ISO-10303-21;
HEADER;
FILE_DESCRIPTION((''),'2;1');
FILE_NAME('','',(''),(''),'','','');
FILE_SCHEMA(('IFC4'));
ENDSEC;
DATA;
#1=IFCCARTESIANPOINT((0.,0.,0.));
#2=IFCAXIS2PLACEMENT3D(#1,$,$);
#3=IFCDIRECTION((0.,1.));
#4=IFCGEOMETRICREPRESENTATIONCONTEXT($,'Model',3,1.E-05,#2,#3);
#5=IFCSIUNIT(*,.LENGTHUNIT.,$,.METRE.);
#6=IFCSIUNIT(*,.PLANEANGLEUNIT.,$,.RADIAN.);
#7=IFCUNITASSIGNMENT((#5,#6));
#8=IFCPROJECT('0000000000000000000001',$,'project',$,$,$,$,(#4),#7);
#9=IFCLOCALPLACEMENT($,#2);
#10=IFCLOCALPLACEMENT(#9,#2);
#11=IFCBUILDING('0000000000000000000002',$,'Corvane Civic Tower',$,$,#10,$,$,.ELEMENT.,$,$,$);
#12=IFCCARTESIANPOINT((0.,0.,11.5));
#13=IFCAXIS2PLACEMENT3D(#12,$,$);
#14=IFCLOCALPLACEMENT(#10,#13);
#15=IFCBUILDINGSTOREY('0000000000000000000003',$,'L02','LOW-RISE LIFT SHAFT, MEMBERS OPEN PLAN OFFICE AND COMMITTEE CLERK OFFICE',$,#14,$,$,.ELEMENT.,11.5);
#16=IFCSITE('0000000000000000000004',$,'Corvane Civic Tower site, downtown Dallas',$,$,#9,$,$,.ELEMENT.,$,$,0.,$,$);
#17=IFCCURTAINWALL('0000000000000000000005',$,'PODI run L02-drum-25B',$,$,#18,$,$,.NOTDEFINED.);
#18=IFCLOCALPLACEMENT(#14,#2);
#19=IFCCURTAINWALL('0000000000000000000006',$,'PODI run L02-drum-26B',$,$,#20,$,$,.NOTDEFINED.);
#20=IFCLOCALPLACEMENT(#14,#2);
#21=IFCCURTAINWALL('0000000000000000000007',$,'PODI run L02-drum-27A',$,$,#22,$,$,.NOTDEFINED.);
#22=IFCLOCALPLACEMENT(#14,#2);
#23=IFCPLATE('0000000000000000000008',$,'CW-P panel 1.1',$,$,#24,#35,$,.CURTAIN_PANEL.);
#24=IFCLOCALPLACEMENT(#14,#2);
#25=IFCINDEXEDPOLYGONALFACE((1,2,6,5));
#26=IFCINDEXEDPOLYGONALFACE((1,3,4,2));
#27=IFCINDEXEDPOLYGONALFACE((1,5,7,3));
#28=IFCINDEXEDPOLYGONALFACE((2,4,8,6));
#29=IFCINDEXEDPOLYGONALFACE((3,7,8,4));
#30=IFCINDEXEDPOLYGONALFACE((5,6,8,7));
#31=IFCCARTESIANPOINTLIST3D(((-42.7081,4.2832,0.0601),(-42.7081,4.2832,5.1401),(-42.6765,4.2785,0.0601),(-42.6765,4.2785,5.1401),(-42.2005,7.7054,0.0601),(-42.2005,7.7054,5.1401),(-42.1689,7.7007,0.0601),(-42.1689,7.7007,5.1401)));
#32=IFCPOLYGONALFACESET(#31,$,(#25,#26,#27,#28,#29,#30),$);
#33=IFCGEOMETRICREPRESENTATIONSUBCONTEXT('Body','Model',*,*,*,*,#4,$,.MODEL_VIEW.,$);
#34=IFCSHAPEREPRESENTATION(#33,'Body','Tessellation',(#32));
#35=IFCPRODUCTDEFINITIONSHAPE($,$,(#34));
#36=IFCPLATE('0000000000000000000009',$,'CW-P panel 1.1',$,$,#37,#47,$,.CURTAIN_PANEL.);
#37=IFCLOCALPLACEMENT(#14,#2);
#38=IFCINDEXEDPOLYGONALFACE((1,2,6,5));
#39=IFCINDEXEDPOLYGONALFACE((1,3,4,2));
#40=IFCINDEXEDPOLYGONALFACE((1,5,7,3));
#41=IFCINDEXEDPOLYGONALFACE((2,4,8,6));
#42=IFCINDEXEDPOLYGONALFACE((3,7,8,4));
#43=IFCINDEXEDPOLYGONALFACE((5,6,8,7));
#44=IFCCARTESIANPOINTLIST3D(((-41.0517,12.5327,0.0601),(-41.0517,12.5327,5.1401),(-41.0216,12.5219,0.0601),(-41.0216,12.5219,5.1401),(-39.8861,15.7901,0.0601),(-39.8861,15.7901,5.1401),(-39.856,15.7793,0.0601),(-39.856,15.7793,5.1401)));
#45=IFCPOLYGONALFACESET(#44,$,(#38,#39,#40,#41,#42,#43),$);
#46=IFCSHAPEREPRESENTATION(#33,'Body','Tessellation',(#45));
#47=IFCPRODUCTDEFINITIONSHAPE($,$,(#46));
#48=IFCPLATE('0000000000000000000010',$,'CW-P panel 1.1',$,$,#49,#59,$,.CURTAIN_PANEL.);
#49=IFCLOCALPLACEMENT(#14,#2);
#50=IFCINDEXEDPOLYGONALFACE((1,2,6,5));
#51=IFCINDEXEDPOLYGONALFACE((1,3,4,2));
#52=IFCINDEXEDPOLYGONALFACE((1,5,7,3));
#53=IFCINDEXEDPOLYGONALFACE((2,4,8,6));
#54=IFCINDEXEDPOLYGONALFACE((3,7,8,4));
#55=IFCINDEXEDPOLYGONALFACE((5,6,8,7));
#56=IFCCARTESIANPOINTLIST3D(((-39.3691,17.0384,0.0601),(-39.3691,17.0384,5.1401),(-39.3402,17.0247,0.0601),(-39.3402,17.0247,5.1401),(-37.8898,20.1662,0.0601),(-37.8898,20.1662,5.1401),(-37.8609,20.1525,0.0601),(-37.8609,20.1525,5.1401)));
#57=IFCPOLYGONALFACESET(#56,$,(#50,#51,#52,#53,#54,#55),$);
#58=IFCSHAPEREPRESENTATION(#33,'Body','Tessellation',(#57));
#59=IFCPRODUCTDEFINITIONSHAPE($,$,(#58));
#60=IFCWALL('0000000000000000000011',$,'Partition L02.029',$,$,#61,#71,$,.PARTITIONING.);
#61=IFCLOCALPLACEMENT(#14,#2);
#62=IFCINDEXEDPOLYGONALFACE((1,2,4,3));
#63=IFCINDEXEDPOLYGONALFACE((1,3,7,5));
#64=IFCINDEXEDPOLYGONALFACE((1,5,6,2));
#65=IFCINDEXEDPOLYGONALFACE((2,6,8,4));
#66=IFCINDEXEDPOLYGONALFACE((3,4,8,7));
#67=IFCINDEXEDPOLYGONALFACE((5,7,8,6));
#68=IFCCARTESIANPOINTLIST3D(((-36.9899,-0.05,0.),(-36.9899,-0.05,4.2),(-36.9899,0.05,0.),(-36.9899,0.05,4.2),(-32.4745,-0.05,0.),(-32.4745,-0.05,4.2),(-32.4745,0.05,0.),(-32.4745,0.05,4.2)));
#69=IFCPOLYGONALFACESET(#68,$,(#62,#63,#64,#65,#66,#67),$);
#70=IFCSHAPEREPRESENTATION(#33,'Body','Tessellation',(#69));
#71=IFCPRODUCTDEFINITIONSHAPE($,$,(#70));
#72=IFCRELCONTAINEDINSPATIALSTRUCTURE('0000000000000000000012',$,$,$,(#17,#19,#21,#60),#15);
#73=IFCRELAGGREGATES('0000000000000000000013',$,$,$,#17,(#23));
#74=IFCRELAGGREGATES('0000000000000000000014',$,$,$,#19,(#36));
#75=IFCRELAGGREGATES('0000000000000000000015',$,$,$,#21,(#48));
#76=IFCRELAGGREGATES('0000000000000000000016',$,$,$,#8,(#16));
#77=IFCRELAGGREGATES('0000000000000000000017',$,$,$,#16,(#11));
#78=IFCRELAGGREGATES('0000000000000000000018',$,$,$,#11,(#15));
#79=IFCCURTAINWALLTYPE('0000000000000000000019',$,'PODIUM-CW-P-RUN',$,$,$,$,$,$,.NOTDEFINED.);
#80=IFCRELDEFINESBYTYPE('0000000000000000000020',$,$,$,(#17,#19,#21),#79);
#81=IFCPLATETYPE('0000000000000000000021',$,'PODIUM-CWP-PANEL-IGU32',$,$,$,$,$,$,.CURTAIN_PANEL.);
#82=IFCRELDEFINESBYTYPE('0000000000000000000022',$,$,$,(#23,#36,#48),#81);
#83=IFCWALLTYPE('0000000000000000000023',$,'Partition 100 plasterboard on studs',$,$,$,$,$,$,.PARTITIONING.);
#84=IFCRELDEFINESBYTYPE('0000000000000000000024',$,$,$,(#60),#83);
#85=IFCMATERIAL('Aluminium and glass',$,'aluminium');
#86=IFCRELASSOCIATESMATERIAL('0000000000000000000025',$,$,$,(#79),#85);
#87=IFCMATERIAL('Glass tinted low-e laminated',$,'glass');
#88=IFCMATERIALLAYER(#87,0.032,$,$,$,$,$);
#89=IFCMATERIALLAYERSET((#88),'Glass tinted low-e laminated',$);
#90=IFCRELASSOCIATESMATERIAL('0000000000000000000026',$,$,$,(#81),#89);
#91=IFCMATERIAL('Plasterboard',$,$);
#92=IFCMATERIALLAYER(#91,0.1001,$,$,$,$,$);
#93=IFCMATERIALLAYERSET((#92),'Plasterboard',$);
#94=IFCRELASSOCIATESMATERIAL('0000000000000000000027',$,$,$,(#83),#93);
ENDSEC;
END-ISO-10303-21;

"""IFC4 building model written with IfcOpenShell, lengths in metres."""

from ifc_helpers import new_model, si_unit, direction, frame, frame_2d, origin, origin_2d, place, context, subcontext, project, spatial, rectangle, extrude, material, layer, layer_set, type_object, element, aggregate, save


model = new_model("IFC4")

# Units and contexts
model_context = context("Model", 3, precision=1e-05, world=origin(), true_north=direction((0.0, 1.0)))
body_context = subcontext(model_context, "Body", "Model", "MODEL_VIEW")
ifc_project = project(units=[si_unit("LENGTHUNIT", "METRE"), si_unit("PLANEANGLEUNIT", "RADIAN")], contexts=[model_context])

# Site, building, storey
site_placement = place(None, origin())
site = spatial("IfcSite", under=ifc_project, at=site_placement, Name="Corvane Civic Tower site, downtown Dallas", CompositionType="ELEMENT", RefElevation=0.0)
building_placement = place(site_placement, origin())
building = spatial("IfcBuilding", under=site, at=building_placement, Name="Corvane Civic Tower", CompositionType="ELEMENT")
storey_placement = place(building_placement, frame((0.0, 0.0, 11.5)))
storey = spatial("IfcBuildingStorey", under=building, at=storey_placement, Name="L02", Description="LOW-RISE LIFT SHAFT, MEMBERS OPEN PLAN OFFICE AND COMMITTEE CLERK OFFICE", CompositionType="ELEMENT", Elevation=11.5)

# Curtain walls
ifc_material_1 = material(Name="Aluminium and glass", Category="aluminium")
curtain_wall_type = type_object("IfcCurtainWallType", Name="PODIUM-CW-P-RUN", PredefinedType="NOTDEFINED", material=ifc_material_1)
curtain_wall_1_placement = place(storey_placement, origin())
curtain_wall_1 = element("IfcCurtainWall", 1, at=curtain_wall_1_placement, inside=storey, type_object=curtain_wall_type, Name="PODI run L02-drum-25B", PredefinedType="NOTDEFINED")
curtain_wall_2_placement = place(storey_placement, origin())
curtain_wall_2 = element("IfcCurtainWall", 2, at=curtain_wall_2_placement, inside=storey, type_object=curtain_wall_type, Name="PODI run L02-drum-26B", PredefinedType="NOTDEFINED")
curtain_wall_3_placement = place(storey_placement, origin())
curtain_wall_3 = element("IfcCurtainWall", 3, at=curtain_wall_3_placement, inside=storey, type_object=curtain_wall_type, Name="PODI run L02-drum-27A", PredefinedType="NOTDEFINED")

# Plates
ifc_material_2 = material(Name="Glass tinted low-e laminated", Category="glass")
ifc_layer_1 = layer(ifc_material_2, 0.032)
ifc_layer_set_1 = layer_set([ifc_layer_1], Name="Glass tinted low-e laminated")
plate_type = type_object("IfcPlateType", Name="PODIUM-CWP-PANEL-IGU32", PredefinedType="CURTAIN_PANEL", material=ifc_layer_set_1)
plate_1_placement = place(storey_placement, frame((-42.4385, 5.9919, 0.0601), z_axis=(0.0, 0.0, 1.0), x_axis=(0.146715, 0.989179, 0.0)))
plate_1 = element("IfcPlate", 4, at=plate_1_placement, type_object=plate_type, Name="CW-P panel 1.1", PredefinedType="CURTAIN_PANEL", context=body_context, shape_type="SweptSolid", body=[
    extrude(rectangle(XDim=3.4597, YDim=0.032, at=origin_2d()), origin(), (0.0, 0.0, 1.0), 5.0801),
])
aggregate(curtain_wall_1, [plate_1])
plate_2_placement = place(storey_placement, frame((-40.4539, 14.156, 0.0601), z_axis=(0.0, 0.0, 1.0), x_axis=(0.336919, 0.941534, 0.0)))
plate_2 = element("IfcPlate", 5, at=plate_2_placement, type_object=plate_type, Name="CW-P panel 1.1", PredefinedType="CURTAIN_PANEL", context=body_context, shape_type="SweptSolid", body=[
    extrude(rectangle(XDim=3.4597, YDim=0.032, at=origin_2d()), origin(), (0.0, 0.0, 1.0), 5.0801),
])
aggregate(curtain_wall_2, [plate_2])
plate_3_placement = place(storey_placement, frame((-38.615, 18.5955, 0.0601), z_axis=(0.0, 0.0, 1.0), x_axis=(0.427553, 0.90399, 0.0)))
plate_3 = element("IfcPlate", 6, at=plate_3_placement, type_object=plate_type, Name="CW-P panel 1.1", PredefinedType="CURTAIN_PANEL", context=body_context, shape_type="SweptSolid", body=[
    extrude(rectangle(XDim=3.46, YDim=0.032, at=origin_2d()), origin(), (0.0, 0.0, 1.0), 5.0801),
])
aggregate(curtain_wall_3, [plate_3])

# Wall
ifc_material_3 = material(Name="Plasterboard")
ifc_layer_2 = layer(ifc_material_3, 0.1001)
ifc_layer_set_2 = layer_set([ifc_layer_2], Name="Plasterboard")
wall_type_1 = type_object("IfcWallType", Name="Partition 100 plasterboard on studs", PredefinedType="PARTITIONING", material=ifc_layer_set_2)
wall_1_placement = place(storey_placement, frame((-36.99, 0.0, 0.0), z_axis=(0.0, 0.0, 1.0), x_axis=(1.0, 0.0, 0.0)))
element("IfcWall", 7, at=wall_1_placement, inside=storey, type_object=wall_type_1, Name="Partition L02.029", PredefinedType="PARTITIONING", context=body_context, shape_type="SweptSolid", body=[
    extrude(rectangle(XDim=4.5154, YDim=0.1001, at=frame_2d((2.2578, 0.0))), origin(), (0.0, 0.0, 1.0), 4.2),
])

save(model, "model.ifc")
